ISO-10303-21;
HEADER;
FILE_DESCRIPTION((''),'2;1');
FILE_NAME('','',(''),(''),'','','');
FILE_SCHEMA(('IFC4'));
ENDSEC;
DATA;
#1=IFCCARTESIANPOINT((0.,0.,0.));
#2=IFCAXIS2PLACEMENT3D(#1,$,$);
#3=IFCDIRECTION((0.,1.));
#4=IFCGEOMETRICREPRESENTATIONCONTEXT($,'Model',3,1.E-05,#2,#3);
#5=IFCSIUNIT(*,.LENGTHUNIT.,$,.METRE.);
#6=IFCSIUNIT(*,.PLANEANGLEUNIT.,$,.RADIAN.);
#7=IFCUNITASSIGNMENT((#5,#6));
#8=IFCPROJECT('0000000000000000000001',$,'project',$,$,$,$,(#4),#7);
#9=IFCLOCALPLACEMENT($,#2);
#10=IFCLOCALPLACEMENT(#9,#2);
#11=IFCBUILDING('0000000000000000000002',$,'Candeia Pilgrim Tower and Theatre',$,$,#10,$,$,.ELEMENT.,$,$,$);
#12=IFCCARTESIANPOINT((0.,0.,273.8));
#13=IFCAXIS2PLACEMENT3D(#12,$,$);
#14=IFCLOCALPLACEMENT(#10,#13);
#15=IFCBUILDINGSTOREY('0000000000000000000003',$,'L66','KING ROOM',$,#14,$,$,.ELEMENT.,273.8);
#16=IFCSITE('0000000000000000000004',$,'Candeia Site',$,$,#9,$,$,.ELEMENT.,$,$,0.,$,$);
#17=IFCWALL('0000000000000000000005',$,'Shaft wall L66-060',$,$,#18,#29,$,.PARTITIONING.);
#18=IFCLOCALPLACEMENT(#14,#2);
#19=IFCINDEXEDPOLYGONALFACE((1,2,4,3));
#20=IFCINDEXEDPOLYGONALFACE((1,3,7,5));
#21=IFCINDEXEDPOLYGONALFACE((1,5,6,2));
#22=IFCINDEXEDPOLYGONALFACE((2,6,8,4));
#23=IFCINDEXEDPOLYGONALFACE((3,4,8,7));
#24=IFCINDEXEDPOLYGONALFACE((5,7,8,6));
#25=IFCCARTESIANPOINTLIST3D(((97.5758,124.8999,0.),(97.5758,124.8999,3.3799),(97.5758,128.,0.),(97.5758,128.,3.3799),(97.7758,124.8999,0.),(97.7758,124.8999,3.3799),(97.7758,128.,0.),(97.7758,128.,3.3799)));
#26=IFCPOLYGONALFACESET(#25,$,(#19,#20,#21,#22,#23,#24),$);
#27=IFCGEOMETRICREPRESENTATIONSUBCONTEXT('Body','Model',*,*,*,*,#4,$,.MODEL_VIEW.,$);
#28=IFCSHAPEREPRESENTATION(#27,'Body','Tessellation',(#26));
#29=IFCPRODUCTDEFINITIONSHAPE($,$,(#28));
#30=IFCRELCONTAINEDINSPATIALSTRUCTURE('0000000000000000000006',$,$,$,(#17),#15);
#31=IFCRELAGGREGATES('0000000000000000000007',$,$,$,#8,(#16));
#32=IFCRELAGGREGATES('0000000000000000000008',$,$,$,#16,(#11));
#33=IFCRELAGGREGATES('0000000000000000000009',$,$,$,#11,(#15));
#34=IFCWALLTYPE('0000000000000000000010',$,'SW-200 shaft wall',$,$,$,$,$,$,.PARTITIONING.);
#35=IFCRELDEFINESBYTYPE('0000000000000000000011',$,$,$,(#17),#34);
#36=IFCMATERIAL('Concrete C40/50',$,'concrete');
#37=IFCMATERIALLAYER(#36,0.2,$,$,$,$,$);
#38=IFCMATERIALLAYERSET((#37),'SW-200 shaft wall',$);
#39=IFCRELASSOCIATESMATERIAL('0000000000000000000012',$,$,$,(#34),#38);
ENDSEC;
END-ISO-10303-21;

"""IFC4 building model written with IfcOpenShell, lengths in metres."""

from ifc_helpers import new_model, si_unit, direction, frame, frame_2d, origin, place, context, subcontext, project, spatial, rectangle, extrude, material, layer, layer_set, type_object, element, save


model = new_model("IFC4")

# Units and contexts
model_context = context("Model", 3, precision=1e-05, world=origin(), true_north=direction((0.0, 1.0)))
body_context = subcontext(model_context, "Body", "Model", "MODEL_VIEW")
ifc_project = project(units=[si_unit("LENGTHUNIT", "METRE"), si_unit("PLANEANGLEUNIT", "RADIAN")], contexts=[model_context])

# Site, building, storey
site_placement = place(None, origin())
site = spatial("IfcSite", under=ifc_project, at=site_placement, Name="Candeia Site", CompositionType="ELEMENT", RefElevation=0.0)
building_placement = place(site_placement, origin())
building = spatial("IfcBuilding", under=site, at=building_placement, Name="Candeia Pilgrim Tower and Theatre", CompositionType="ELEMENT")
storey_placement = place(building_placement, frame((0.0, 0.0, 273.8)))
storey = spatial("IfcBuildingStorey", under=building, at=storey_placement, Name="L66", Description="KING ROOM", CompositionType="ELEMENT", Elevation=273.8)

# Shared definitions
ifc_material_1 = material(Name="Concrete C40/50", Category="concrete")

# Wall
ifc_layer_1 = layer(ifc_material_1, 0.2)
ifc_layer_set_1 = layer_set([ifc_layer_1], Name="SW-200 shaft wall")
wall_type_1 = type_object("IfcWallType", Name="SW-200 shaft wall", PredefinedType="PARTITIONING", material=ifc_layer_set_1)
for number, where, z_axis, x_axis, name in (
    (1, (97.6758, 124.8999, 0.0), (0.0, 0.0, 1.0), (0.0, 1.0, 0.0), "Shaft wall L66-060"),
):
    element("IfcWall", number, at=place(storey_placement, frame(where, z_axis=z_axis, x_axis=x_axis)), inside=storey, type_object=wall_type_1, Name=name, PredefinedType="PARTITIONING", context=body_context, shape_type="SweptSolid", body=[
        extrude(rectangle(XDim=3.1001, YDim=0.2, at=frame_2d((1.55, 0.0))), origin(), (0.0, 0.0, 1.0), 3.3799),
    ])

save(model, "model.ifc")
